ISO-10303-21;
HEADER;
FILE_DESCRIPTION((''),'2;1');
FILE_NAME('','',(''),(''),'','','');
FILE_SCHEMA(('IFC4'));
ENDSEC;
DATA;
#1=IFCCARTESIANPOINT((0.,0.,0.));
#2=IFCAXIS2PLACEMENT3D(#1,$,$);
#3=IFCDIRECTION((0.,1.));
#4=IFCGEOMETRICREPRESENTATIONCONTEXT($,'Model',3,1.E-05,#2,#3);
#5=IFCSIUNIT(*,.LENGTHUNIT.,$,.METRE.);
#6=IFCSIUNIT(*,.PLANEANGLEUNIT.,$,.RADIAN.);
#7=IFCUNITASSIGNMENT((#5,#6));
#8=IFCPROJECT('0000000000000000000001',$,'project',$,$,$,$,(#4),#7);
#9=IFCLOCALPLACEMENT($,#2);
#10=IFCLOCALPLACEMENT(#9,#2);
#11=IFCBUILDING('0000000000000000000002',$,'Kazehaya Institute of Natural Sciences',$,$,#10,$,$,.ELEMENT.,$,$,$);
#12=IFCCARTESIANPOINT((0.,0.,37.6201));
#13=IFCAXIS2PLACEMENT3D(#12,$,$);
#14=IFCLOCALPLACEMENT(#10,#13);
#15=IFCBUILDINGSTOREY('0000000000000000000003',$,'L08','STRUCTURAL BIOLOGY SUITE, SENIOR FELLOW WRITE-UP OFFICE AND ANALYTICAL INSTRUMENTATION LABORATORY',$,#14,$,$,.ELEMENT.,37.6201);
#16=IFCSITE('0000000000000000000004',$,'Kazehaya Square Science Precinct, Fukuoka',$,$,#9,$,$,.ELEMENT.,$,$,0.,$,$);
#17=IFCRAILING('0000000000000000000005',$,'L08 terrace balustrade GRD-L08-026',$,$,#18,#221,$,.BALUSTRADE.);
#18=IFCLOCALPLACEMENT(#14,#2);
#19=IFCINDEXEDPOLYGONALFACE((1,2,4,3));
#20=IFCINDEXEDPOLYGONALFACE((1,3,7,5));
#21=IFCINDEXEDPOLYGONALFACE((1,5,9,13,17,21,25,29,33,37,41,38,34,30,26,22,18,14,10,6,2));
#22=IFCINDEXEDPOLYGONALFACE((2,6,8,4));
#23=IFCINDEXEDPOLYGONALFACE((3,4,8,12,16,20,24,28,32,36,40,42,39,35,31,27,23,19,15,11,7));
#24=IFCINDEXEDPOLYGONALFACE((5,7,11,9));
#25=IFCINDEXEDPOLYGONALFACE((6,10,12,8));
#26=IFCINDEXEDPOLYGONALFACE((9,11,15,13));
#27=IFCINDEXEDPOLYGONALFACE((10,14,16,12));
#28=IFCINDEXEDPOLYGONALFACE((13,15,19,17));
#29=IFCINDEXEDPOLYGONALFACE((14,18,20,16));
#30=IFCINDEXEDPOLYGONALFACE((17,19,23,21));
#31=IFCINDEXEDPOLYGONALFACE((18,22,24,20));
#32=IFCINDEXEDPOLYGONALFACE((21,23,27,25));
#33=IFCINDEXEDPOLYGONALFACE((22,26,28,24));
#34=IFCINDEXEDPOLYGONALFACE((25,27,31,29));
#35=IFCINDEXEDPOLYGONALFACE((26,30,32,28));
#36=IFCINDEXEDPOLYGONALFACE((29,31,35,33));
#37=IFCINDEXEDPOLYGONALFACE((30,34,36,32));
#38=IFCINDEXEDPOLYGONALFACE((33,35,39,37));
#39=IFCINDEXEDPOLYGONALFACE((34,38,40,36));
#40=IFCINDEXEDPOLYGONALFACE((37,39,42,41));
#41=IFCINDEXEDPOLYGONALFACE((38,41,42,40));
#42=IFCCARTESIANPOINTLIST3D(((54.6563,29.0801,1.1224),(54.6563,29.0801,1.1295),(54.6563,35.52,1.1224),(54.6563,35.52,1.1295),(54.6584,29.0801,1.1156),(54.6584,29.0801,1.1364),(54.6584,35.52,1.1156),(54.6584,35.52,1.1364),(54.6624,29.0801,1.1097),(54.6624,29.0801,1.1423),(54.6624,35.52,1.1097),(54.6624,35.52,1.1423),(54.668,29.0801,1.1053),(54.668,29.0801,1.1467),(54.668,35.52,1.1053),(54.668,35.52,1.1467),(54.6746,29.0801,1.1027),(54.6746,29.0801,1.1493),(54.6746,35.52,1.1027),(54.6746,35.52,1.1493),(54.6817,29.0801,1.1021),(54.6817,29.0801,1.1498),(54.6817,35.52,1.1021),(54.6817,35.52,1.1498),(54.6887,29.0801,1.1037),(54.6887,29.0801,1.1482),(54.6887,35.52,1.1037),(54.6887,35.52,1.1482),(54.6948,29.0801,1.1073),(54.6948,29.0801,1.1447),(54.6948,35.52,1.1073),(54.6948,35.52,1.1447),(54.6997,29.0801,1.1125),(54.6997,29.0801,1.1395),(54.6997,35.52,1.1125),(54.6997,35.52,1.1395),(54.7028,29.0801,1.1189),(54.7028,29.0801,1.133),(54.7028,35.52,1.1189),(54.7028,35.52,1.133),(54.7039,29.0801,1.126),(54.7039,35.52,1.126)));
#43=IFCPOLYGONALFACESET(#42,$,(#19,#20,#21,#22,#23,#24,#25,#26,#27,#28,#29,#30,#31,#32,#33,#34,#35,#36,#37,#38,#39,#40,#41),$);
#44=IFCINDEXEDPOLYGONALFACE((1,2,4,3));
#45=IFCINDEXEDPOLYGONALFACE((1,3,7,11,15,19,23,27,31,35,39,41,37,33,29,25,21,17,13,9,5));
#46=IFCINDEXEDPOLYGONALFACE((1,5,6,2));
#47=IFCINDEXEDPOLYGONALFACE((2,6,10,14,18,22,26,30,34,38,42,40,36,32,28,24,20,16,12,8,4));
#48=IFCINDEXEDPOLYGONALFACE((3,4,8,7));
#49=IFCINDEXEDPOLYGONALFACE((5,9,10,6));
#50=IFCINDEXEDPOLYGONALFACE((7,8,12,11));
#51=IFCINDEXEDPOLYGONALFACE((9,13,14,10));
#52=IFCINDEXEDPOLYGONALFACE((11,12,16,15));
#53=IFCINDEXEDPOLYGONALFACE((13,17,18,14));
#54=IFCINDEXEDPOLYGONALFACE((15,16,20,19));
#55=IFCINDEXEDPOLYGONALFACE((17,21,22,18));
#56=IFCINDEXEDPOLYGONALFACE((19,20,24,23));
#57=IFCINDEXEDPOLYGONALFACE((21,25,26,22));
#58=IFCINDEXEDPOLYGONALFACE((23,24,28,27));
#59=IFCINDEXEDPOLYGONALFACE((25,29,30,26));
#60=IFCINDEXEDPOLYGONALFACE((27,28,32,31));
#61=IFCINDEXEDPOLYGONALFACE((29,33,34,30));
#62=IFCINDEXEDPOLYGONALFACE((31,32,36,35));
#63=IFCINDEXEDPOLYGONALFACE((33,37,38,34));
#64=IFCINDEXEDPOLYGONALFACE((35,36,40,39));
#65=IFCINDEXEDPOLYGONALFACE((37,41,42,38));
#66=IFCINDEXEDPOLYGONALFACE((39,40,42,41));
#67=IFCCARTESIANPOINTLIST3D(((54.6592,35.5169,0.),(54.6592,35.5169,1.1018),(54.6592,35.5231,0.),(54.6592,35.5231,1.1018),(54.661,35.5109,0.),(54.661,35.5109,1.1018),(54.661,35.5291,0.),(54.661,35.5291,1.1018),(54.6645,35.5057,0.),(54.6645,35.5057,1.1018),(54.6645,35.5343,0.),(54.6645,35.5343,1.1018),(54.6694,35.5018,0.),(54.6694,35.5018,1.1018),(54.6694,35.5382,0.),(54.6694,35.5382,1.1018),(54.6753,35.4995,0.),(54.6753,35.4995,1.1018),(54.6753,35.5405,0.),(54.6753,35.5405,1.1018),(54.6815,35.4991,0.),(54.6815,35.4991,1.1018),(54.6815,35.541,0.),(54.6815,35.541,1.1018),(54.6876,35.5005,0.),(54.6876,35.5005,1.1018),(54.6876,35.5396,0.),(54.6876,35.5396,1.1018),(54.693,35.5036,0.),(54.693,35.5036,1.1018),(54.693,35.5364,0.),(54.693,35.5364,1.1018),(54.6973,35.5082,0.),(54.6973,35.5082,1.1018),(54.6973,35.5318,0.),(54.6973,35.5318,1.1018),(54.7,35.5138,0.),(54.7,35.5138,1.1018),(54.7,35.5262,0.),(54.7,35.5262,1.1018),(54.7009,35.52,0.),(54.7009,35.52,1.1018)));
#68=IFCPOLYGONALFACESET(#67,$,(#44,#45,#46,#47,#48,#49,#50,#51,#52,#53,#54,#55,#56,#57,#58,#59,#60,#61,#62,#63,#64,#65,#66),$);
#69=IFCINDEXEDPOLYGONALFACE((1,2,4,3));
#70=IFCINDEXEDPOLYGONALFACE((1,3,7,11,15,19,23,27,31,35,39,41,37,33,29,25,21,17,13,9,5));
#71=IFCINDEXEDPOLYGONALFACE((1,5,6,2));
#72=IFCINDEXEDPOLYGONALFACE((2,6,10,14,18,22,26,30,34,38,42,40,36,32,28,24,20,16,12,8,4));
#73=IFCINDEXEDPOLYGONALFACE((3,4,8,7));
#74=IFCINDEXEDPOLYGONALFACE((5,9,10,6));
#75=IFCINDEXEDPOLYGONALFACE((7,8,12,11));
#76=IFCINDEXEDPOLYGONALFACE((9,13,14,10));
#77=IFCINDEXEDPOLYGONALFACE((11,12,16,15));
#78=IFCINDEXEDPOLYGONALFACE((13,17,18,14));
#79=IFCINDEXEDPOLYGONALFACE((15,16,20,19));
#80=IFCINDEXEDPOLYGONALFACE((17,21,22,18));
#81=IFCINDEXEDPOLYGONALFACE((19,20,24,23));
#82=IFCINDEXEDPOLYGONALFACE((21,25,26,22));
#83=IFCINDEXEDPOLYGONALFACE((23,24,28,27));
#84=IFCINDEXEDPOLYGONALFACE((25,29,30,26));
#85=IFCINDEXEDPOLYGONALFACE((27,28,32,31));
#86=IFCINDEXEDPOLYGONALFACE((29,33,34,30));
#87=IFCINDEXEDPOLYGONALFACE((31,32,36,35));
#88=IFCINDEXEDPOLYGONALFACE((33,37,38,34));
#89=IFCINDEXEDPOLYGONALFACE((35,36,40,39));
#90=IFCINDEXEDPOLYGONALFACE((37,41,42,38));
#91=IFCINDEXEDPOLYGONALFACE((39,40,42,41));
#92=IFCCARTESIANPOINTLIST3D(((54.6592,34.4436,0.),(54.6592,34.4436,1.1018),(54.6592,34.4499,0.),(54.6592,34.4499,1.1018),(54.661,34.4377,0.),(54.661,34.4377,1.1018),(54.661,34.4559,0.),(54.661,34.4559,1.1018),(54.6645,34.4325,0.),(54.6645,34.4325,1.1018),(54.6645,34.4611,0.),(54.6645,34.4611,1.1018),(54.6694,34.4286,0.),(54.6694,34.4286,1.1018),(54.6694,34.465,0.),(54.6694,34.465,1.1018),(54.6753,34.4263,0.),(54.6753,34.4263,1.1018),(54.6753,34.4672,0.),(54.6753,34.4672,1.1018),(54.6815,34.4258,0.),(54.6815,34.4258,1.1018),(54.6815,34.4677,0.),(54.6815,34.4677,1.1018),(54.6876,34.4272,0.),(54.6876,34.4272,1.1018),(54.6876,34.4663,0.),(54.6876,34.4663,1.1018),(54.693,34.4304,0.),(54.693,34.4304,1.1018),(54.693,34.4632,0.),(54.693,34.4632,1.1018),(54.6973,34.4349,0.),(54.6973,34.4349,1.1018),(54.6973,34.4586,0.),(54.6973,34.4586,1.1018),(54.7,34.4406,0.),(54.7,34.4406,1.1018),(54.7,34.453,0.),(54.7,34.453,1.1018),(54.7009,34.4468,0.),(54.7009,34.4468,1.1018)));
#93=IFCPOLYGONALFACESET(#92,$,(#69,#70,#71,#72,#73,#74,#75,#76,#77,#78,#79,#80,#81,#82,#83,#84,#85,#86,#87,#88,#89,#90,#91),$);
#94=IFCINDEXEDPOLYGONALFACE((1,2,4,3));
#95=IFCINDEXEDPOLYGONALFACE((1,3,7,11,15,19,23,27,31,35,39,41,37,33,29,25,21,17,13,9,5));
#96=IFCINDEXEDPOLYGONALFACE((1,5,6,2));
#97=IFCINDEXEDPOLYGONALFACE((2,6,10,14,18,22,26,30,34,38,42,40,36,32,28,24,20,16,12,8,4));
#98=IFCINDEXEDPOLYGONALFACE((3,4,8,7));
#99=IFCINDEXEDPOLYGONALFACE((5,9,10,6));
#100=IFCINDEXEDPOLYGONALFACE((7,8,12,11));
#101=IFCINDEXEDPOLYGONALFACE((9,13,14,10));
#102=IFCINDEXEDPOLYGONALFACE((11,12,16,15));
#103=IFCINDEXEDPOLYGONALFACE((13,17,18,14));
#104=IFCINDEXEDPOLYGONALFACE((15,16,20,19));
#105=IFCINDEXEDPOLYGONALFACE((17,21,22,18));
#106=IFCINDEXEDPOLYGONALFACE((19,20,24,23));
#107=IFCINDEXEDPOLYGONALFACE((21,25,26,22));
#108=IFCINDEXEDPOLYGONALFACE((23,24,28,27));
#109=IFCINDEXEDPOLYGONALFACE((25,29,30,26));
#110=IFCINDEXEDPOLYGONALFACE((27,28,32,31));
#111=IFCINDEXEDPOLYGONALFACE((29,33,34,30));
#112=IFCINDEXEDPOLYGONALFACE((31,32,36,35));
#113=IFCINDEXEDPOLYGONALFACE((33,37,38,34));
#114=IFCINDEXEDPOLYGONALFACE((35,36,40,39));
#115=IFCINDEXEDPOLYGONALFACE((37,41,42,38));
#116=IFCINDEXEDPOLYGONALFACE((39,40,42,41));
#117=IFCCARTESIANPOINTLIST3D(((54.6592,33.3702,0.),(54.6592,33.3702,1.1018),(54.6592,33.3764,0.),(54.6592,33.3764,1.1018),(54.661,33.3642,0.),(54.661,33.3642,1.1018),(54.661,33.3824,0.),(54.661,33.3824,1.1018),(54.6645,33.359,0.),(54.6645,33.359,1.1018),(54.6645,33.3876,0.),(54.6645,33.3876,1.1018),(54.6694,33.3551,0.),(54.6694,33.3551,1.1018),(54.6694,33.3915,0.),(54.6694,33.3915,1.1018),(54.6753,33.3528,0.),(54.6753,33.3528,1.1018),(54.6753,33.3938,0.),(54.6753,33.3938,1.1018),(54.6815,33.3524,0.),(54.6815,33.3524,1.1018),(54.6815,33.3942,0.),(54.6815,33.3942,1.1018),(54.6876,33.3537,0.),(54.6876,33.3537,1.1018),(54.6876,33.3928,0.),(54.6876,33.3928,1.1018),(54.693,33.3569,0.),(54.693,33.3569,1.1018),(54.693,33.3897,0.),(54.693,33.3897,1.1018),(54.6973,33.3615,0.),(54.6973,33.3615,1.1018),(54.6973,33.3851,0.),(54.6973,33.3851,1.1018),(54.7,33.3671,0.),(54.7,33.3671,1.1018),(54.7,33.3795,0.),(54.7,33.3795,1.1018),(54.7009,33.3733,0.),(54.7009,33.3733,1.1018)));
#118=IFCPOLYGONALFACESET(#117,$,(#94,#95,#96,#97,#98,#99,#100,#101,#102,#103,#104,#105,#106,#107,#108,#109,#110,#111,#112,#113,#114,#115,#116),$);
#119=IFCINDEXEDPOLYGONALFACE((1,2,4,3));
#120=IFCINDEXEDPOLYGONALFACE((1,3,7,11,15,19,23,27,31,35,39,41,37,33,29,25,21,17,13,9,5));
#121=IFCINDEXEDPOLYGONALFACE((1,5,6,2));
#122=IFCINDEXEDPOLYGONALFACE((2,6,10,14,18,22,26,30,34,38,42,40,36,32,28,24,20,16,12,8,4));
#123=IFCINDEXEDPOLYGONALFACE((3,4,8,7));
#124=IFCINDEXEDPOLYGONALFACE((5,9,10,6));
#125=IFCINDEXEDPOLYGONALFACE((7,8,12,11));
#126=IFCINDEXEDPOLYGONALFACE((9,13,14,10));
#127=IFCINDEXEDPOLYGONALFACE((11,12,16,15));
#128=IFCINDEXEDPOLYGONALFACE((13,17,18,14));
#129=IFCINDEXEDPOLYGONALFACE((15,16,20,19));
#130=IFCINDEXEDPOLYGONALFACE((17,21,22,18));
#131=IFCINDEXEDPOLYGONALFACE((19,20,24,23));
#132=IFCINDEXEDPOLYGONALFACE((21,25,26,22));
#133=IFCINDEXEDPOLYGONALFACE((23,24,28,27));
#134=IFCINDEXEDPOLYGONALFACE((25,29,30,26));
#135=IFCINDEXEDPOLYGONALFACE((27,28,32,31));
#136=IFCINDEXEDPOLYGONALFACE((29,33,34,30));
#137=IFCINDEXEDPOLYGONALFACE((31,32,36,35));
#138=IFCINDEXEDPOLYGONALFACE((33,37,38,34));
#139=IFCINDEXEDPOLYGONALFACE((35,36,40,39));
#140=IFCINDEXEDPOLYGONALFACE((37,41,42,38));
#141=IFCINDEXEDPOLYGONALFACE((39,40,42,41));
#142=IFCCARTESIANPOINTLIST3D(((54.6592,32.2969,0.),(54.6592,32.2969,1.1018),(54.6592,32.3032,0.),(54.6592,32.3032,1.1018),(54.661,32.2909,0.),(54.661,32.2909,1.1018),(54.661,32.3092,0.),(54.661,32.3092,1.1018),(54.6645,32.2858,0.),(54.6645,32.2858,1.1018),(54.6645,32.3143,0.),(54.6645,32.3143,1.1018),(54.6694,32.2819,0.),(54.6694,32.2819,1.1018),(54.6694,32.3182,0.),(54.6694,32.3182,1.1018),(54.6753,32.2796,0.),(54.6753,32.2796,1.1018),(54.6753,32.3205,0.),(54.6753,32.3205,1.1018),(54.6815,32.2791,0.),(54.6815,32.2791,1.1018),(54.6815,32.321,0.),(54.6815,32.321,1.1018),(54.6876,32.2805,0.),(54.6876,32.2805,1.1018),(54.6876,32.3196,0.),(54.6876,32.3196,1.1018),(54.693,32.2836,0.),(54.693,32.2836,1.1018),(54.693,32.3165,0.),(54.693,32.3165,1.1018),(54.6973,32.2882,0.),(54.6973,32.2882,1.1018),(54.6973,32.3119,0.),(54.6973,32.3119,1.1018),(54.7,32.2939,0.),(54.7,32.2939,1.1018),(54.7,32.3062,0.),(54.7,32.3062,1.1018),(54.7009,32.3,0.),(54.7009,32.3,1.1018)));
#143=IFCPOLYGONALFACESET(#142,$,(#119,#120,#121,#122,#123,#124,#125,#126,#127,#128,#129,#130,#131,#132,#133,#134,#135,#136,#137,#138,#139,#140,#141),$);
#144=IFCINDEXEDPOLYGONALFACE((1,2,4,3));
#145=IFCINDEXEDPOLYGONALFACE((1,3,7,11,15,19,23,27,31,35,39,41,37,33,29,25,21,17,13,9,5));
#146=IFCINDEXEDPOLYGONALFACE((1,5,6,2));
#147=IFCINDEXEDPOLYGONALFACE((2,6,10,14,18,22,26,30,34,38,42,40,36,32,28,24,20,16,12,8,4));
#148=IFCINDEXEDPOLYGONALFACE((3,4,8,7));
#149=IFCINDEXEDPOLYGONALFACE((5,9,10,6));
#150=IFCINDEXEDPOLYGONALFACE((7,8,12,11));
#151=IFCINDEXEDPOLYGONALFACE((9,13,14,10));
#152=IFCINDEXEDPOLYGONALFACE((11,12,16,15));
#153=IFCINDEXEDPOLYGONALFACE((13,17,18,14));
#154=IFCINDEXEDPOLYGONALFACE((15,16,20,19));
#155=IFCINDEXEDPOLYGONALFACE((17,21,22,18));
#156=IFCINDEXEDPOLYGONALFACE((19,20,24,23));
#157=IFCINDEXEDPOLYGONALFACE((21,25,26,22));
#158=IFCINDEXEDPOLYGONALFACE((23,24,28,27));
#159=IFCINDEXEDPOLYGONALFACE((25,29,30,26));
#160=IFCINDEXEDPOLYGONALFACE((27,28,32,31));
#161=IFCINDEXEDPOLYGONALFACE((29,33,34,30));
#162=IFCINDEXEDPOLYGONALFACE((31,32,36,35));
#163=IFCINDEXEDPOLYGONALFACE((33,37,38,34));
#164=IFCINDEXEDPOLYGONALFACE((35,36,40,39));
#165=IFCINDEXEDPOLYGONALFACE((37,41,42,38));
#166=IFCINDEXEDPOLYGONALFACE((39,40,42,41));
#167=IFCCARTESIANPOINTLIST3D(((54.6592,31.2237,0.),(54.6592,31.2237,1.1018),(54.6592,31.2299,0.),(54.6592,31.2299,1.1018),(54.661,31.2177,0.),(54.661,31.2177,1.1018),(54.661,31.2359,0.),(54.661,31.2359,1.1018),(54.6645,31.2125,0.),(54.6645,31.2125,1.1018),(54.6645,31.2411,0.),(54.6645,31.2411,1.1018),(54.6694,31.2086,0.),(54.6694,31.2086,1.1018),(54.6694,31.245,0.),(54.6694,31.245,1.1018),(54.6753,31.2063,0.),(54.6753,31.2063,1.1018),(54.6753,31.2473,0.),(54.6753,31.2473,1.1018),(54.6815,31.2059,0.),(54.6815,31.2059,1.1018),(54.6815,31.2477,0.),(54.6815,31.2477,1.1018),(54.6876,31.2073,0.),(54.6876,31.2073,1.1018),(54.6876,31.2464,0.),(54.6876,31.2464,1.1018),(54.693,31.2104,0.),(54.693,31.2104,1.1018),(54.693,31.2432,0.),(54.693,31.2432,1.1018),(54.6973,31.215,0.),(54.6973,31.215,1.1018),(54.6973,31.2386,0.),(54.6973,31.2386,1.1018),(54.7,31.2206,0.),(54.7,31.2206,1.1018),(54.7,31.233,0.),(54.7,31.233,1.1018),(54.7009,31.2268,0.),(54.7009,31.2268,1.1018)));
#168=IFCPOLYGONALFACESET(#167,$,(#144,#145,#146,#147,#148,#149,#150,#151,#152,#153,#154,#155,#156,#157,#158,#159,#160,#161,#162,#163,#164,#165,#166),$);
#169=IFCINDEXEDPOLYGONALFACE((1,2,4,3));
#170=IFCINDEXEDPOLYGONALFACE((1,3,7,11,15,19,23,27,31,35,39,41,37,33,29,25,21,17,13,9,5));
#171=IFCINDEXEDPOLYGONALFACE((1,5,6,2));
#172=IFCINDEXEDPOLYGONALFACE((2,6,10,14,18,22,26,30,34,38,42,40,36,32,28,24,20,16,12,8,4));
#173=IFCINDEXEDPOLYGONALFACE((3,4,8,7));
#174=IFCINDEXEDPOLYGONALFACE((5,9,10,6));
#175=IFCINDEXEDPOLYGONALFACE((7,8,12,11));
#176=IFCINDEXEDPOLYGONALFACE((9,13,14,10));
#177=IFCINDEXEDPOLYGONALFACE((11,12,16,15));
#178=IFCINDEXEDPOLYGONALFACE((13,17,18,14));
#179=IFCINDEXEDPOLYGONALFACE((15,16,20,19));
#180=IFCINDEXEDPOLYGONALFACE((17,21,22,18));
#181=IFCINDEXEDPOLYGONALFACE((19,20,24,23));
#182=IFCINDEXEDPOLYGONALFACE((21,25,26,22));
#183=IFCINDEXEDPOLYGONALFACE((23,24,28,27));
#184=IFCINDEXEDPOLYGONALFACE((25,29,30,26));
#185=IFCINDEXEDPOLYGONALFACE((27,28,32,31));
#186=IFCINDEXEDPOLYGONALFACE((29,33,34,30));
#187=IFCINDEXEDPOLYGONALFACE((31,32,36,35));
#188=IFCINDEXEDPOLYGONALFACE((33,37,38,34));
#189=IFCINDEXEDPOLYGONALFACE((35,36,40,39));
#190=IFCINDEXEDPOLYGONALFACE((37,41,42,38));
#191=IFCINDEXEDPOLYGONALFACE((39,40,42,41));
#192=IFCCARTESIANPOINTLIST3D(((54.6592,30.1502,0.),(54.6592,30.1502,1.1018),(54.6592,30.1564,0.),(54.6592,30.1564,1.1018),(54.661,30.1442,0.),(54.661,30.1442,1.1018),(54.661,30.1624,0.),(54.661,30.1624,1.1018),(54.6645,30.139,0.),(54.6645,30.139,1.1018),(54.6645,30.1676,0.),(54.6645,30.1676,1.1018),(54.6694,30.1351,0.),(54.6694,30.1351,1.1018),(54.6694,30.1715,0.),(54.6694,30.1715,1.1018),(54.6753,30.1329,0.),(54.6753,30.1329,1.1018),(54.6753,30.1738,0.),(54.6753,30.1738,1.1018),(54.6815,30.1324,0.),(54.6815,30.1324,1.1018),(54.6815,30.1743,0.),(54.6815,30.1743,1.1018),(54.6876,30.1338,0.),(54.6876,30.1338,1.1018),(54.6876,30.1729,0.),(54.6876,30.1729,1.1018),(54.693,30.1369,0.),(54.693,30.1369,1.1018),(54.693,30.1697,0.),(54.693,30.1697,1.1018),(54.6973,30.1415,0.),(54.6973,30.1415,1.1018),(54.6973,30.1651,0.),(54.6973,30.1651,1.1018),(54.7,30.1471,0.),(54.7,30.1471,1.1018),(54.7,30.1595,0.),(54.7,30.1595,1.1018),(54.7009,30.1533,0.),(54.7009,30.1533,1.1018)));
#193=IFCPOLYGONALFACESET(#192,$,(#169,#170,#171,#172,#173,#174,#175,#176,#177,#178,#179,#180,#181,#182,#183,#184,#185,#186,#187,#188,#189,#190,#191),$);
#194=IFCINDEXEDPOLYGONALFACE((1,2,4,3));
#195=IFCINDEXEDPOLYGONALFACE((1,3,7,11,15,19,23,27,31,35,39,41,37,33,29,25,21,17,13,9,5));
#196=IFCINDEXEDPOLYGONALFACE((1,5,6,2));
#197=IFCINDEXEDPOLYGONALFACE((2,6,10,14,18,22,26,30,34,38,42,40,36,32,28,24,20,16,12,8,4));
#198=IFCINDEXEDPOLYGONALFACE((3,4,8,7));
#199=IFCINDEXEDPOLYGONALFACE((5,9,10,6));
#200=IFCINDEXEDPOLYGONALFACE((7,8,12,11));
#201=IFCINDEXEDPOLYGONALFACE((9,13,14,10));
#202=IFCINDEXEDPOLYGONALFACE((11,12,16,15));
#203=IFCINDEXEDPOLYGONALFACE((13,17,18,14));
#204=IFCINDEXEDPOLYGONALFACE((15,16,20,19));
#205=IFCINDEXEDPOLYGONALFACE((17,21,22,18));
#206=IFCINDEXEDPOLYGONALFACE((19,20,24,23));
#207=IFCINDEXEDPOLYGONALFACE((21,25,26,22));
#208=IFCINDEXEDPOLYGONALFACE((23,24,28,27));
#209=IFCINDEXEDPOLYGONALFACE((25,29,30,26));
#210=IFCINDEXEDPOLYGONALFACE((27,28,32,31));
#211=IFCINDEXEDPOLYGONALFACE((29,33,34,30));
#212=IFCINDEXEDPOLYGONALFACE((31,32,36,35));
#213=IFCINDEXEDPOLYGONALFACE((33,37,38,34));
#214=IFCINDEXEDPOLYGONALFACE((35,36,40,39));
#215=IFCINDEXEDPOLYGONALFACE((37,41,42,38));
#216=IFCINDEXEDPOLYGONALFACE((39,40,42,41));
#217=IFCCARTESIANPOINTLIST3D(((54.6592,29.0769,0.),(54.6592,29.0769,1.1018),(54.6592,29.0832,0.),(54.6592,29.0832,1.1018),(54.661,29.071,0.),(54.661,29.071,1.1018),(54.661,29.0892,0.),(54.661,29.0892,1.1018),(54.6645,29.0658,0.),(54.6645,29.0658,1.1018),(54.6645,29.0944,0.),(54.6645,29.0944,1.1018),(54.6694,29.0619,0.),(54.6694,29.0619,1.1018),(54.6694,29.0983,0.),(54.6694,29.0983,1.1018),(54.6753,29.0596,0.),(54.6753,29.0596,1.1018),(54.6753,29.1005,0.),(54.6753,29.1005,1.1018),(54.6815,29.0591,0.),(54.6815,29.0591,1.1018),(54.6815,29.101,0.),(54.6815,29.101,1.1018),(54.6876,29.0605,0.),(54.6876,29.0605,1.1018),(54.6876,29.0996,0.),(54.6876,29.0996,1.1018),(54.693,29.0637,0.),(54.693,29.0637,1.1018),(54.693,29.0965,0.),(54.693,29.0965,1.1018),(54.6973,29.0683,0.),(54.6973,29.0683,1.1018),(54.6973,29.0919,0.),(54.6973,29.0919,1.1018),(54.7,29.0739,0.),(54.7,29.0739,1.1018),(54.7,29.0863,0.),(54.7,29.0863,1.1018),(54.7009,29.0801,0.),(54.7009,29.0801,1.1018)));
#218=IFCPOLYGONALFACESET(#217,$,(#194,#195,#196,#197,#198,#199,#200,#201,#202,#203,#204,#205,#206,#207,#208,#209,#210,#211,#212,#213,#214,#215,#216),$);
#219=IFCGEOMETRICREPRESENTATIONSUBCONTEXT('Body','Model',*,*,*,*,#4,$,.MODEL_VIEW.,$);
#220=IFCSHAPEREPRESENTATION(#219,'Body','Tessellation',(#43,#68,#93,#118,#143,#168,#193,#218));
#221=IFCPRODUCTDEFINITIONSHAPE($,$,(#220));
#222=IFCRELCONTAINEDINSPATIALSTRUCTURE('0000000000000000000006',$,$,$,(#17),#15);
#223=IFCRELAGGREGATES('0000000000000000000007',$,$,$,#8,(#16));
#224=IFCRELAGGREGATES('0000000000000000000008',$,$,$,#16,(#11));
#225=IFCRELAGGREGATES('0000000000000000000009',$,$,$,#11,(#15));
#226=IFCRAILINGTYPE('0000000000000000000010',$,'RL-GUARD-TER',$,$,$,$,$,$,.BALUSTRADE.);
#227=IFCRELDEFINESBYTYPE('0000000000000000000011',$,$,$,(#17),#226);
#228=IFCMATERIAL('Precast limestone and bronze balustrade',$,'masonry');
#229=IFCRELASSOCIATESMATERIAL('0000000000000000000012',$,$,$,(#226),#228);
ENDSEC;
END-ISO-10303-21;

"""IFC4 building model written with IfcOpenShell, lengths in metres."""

from ifc_helpers import new_model, si_unit, direction, frame, origin, origin_2d, place, context, subcontext, project, spatial, circle, extrude, material, type_object, element, save


model = new_model("IFC4")

# Units and contexts
model_context = context("Model", 3, precision=1e-05, world=origin(), true_north=direction((0.0, 1.0)))
body_context = subcontext(model_context, "Body", "Model", "MODEL_VIEW")
ifc_project = project(units=[si_unit("LENGTHUNIT", "METRE"), si_unit("PLANEANGLEUNIT", "RADIAN")], contexts=[model_context])

# Site, building, storey
site_placement = place(None, origin())
site = spatial("IfcSite", under=ifc_project, at=site_placement, Name="Kazehaya Square Science Precinct, Fukuoka", CompositionType="ELEMENT", RefElevation=0.0)
building_placement = place(site_placement, origin())
building = spatial("IfcBuilding", under=site, at=building_placement, Name="Kazehaya Institute of Natural Sciences", CompositionType="ELEMENT")
storey_placement = place(building_placement, frame((0.0, 0.0, 37.6201)))
storey = spatial("IfcBuildingStorey", under=building, at=storey_placement, Name="L08", Description="STRUCTURAL BIOLOGY SUITE, SENIOR FELLOW WRITE-UP OFFICE AND ANALYTICAL INSTRUMENTATION LABORATORY", CompositionType="ELEMENT", Elevation=37.6201)

# Railing
ifc_material_1 = material(Name="Precast limestone and bronze balustrade", Category="masonry")
railing_type = type_object("IfcRailingType", Name="RL-GUARD-TER", PredefinedType="BALUSTRADE", material=ifc_material_1)
railing_placement = place(storey_placement, frame((54.6799, 35.52, 0.0)))
element("IfcRailing", 1, at=railing_placement, inside=storey, type_object=railing_type, Name="L08 terrace balustrade GRD-L08-026", PredefinedType="BALUSTRADE", context=body_context, shape_type="SweptSolid", body=[
    extrude(circle(Radius=0.0239, at=origin_2d()), frame((0.0, 0.0, 1.126), z_axis=(0.0, -1.0, 0.0), x_axis=(1.0, 0.0, 0.0)), (0.0, 0.0, 1.0), 6.4399),
    extrude(circle(Radius=0.021, at=origin_2d()), origin(), (0.0, 0.0, 1.0), 1.1018),
    extrude(circle(Radius=0.021, at=origin_2d()), frame((0.0, -1.0732, 0.0)), (0.0, 0.0, 1.0), 1.1018),
    extrude(circle(Radius=0.021, at=origin_2d()), frame((0.0, -2.1467, 0.0)), (0.0, 0.0, 1.0), 1.1018),
    extrude(circle(Radius=0.021, at=origin_2d()), frame((0.0, -3.22, 0.0)), (0.0, 0.0, 1.0), 1.1018),
    extrude(circle(Radius=0.021, at=origin_2d()), frame((0.0, -4.2932, 0.0)), (0.0, 0.0, 1.0), 1.1018),
    extrude(circle(Radius=0.021, at=origin_2d()), frame((0.0, -5.3667, 0.0)), (0.0, 0.0, 1.0), 1.1018),
    extrude(circle(Radius=0.021, at=origin_2d()), frame((0.0, -6.4399, 0.0)), (0.0, 0.0, 1.0), 1.1018),
])

save(model, "model.ifc")
